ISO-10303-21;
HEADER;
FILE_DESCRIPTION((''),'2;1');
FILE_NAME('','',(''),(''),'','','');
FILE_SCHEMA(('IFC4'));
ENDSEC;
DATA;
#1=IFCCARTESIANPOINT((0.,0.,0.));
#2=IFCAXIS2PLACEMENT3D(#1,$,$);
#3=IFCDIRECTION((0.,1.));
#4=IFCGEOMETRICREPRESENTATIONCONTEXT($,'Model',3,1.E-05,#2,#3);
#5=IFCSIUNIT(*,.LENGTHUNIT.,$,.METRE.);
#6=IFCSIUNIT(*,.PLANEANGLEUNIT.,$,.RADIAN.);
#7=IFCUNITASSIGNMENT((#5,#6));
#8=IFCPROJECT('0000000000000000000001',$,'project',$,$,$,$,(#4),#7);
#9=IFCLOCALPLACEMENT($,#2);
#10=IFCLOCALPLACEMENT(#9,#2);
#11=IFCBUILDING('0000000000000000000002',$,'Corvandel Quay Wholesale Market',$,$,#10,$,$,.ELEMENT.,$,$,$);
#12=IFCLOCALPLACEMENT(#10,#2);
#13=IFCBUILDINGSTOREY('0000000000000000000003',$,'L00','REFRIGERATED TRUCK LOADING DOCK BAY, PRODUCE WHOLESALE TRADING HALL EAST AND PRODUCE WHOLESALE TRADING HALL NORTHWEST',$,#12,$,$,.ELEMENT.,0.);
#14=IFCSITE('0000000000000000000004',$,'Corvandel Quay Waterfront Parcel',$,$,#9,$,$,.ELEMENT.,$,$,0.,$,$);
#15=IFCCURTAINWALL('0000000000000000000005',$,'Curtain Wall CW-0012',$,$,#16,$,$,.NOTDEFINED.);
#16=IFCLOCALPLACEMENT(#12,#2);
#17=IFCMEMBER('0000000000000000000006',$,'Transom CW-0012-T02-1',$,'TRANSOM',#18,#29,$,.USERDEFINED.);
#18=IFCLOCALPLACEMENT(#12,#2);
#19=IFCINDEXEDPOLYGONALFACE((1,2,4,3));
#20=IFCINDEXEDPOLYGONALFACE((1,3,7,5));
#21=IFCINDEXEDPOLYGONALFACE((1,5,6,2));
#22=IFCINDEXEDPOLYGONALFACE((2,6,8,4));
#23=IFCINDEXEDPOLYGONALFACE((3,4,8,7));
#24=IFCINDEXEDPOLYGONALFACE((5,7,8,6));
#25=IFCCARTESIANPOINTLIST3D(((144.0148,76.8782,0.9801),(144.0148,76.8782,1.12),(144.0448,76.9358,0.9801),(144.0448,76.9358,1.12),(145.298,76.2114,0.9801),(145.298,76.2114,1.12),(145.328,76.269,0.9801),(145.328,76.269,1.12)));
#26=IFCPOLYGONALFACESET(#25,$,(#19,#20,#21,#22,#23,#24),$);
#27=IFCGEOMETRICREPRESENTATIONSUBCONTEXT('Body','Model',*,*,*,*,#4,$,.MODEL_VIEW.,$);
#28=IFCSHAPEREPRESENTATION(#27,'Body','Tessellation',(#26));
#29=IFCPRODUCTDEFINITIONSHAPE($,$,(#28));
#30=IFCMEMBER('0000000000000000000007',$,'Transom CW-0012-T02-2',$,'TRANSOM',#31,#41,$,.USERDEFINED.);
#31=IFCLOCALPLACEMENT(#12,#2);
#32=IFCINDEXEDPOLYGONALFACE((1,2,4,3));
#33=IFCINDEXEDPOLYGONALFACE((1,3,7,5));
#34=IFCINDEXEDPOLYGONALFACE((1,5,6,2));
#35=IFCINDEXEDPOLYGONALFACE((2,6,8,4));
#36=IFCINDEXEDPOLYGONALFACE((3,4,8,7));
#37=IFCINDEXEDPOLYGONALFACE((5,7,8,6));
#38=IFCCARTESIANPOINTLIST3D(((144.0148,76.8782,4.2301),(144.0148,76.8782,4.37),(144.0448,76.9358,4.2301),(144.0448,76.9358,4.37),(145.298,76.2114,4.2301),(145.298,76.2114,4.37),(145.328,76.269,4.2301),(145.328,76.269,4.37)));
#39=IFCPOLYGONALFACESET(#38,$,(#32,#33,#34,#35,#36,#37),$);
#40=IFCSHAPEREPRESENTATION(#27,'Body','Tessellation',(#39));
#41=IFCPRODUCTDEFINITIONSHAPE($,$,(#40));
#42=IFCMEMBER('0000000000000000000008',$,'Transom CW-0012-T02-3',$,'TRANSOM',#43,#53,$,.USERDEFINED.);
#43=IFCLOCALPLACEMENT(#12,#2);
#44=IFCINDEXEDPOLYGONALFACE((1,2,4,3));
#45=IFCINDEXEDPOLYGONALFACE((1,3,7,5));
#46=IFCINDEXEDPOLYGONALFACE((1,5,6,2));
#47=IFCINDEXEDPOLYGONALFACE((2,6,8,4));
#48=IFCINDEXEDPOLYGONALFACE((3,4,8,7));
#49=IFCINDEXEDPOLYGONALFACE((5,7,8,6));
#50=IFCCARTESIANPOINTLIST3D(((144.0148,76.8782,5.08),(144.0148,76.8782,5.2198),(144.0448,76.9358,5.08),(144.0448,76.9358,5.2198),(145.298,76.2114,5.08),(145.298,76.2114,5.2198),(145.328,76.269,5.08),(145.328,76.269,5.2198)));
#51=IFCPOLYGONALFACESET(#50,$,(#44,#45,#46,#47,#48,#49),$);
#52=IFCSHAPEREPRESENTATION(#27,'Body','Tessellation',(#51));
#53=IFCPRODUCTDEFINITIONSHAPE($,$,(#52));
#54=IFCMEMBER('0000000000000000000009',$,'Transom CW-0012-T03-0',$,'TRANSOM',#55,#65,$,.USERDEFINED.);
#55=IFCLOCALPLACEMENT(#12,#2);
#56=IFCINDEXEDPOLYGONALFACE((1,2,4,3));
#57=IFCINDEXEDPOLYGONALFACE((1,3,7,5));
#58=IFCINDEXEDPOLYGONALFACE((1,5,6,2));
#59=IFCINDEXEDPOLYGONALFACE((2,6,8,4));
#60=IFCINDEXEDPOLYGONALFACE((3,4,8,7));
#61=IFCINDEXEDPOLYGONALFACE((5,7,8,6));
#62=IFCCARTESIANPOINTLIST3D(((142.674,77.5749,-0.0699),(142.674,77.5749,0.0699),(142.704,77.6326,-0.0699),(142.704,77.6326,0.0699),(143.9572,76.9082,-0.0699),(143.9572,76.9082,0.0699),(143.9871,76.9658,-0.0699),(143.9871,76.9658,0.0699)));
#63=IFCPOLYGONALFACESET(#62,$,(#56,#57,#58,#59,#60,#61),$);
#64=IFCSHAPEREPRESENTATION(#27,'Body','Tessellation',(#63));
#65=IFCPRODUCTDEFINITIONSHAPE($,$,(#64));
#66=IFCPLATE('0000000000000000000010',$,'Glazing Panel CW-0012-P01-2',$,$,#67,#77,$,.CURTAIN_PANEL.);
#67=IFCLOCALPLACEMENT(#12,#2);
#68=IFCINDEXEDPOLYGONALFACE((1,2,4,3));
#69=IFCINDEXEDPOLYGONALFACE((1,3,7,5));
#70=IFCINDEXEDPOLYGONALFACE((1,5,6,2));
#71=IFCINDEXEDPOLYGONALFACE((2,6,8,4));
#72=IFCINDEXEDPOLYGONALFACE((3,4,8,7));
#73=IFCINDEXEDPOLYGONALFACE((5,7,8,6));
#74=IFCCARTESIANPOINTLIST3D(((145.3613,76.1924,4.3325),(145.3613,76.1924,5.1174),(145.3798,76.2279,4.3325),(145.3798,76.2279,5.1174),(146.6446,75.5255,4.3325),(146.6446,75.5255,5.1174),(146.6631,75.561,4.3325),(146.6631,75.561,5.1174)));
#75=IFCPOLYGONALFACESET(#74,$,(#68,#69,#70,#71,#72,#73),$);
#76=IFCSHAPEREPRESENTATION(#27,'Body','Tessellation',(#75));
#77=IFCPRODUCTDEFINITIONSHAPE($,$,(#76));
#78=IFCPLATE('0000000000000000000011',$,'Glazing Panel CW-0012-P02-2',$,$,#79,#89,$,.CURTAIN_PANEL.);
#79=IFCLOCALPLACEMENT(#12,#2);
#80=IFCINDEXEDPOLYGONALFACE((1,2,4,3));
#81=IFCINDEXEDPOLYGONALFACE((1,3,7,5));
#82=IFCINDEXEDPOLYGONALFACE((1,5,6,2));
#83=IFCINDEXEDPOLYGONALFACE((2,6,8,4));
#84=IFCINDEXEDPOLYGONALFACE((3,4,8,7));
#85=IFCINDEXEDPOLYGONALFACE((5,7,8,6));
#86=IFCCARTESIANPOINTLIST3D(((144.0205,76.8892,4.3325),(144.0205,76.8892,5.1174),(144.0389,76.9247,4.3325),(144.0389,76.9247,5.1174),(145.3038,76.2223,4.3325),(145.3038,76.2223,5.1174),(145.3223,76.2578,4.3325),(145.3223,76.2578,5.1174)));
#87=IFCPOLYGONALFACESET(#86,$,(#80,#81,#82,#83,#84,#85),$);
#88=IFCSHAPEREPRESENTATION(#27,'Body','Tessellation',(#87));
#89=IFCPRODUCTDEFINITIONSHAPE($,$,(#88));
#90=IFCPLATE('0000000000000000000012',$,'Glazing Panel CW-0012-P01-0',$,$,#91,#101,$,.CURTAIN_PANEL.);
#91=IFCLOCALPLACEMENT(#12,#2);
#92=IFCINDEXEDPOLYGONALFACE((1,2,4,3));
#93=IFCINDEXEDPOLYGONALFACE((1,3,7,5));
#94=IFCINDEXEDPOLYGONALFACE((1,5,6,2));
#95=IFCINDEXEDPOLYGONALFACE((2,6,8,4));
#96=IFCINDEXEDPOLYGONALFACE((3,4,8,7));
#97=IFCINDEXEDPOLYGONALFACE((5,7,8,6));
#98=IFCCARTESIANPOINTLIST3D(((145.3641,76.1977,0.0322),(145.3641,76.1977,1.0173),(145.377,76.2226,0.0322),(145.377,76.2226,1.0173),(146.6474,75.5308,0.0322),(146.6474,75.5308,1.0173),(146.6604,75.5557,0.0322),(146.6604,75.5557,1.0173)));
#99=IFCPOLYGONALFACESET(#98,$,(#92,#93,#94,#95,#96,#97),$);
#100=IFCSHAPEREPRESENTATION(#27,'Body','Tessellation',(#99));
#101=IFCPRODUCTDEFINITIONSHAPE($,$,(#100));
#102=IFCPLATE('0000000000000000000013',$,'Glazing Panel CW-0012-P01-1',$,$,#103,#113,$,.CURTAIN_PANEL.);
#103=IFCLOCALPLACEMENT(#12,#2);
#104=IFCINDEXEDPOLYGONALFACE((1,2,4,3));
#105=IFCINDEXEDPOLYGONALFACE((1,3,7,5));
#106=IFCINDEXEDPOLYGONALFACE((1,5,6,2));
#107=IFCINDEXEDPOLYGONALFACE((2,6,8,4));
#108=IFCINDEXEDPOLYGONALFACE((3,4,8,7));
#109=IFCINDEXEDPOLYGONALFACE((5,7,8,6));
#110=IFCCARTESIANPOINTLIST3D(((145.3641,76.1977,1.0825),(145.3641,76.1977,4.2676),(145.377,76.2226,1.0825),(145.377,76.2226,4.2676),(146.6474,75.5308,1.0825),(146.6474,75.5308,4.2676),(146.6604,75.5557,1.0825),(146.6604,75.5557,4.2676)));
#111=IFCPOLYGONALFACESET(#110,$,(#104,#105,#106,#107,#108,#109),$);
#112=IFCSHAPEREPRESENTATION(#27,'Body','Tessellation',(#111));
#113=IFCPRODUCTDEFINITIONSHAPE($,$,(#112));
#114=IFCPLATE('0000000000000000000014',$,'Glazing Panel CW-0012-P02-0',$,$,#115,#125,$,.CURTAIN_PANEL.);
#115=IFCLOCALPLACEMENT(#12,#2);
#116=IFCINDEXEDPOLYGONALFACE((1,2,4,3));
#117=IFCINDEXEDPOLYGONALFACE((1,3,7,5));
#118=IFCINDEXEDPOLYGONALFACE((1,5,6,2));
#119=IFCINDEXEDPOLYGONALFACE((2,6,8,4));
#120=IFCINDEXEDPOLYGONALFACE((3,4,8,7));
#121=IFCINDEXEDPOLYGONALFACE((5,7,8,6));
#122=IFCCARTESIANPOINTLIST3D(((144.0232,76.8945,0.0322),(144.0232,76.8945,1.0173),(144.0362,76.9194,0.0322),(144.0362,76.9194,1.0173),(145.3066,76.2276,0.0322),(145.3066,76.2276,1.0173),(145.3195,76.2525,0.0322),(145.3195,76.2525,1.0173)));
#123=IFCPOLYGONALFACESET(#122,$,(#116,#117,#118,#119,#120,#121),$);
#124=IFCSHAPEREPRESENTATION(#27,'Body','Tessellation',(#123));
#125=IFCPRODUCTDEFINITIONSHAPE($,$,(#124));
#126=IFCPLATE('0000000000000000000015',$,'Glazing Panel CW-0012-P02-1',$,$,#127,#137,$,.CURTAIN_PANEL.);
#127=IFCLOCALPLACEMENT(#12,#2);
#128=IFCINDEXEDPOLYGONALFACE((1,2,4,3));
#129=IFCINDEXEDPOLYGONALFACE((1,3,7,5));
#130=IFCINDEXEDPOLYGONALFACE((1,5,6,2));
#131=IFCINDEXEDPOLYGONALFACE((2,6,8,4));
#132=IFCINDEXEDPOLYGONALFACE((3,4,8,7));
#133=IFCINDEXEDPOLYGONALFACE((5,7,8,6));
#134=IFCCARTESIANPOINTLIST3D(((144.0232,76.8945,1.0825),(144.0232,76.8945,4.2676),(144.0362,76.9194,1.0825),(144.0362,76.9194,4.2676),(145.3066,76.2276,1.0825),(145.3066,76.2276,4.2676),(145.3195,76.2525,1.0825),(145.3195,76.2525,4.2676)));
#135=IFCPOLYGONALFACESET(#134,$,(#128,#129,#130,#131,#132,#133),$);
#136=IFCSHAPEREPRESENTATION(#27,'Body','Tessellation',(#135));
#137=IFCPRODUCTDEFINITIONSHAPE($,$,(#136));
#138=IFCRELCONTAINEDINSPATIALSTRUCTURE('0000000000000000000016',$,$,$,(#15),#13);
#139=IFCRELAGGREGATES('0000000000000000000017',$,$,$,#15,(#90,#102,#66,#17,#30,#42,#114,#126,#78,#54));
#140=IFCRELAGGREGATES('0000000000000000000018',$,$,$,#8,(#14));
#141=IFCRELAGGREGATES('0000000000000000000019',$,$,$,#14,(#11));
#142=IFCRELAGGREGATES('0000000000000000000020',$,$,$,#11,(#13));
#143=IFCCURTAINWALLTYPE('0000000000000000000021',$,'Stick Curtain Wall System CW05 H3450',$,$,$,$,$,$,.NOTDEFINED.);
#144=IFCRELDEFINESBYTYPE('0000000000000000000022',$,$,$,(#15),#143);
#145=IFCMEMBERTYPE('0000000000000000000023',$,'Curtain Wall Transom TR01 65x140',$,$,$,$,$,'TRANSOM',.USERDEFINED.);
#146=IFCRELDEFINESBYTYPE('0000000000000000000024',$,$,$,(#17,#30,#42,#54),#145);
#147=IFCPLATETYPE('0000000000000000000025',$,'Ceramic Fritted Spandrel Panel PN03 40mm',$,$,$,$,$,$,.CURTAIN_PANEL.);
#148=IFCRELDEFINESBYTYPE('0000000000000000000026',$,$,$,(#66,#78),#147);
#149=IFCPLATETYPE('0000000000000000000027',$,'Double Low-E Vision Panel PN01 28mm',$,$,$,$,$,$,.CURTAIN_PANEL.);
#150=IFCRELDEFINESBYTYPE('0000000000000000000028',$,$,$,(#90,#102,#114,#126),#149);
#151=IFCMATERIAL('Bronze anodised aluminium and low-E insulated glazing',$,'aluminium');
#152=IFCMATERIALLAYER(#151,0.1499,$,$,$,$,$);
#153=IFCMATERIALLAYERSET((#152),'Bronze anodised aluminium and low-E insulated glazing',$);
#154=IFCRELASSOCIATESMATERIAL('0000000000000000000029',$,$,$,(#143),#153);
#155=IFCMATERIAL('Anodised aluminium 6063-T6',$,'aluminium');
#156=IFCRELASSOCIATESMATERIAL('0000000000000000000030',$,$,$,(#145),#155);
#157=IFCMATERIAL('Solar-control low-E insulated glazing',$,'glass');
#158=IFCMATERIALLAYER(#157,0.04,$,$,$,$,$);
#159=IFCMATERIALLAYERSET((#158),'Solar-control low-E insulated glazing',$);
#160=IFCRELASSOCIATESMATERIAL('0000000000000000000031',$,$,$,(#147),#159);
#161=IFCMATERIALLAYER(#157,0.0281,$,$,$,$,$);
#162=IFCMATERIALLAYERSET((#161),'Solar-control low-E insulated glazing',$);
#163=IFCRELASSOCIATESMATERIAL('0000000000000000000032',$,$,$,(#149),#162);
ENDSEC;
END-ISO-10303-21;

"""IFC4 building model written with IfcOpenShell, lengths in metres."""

from ifc_helpers import new_model, si_unit, direction, frame, origin, origin_2d, place, context, subcontext, project, spatial, rectangle, extrude, material, layer, layer_set, material_profile, profile_set, type_object, element, aggregate, save


model = new_model("IFC4")

# Units and contexts
model_context = context("Model", 3, precision=1e-05, world=origin(), true_north=direction((0.0, 1.0)))
body_context = subcontext(model_context, "Body", "Model", "MODEL_VIEW")
ifc_project = project(units=[si_unit("LENGTHUNIT", "METRE"), si_unit("PLANEANGLEUNIT", "RADIAN")], contexts=[model_context])

# Site, building, storey
site_placement = place(None, origin())
site = spatial("IfcSite", under=ifc_project, at=site_placement, Name="Corvandel Quay Waterfront Parcel", CompositionType="ELEMENT", RefElevation=0.0)
building_placement = place(site_placement, origin())
building = spatial("IfcBuilding", under=site, at=building_placement, Name="Corvandel Quay Wholesale Market", CompositionType="ELEMENT")
storey_placement = place(building_placement, origin())
storey = spatial("IfcBuildingStorey", under=building, at=storey_placement, Name="L00", Description="REFRIGERATED TRUCK LOADING DOCK BAY, PRODUCE WHOLESALE TRADING HALL EAST AND PRODUCE WHOLESALE TRADING HALL NORTHWEST", CompositionType="ELEMENT", Elevation=0.0)

# Curtain wall, members, plates
ifc_material_1 = material(Name="Bronze anodised aluminium and low-E insulated glazing", Category="aluminium")
ifc_layer_1 = layer(ifc_material_1, 0.1499)
ifc_layer_set_1 = layer_set([ifc_layer_1], Name="Bronze anodised aluminium and low-E insulated glazing")
curtain_wall_type = type_object("IfcCurtainWallType", Name="Stick Curtain Wall System CW05 H3450", PredefinedType="NOTDEFINED", material=ifc_layer_set_1)
curtain_wall_placement = place(storey_placement, origin())
curtain_wall = element("IfcCurtainWall", 1, at=curtain_wall_placement, inside=storey, type_object=curtain_wall_type, Name="Curtain Wall CW-0012", PredefinedType="NOTDEFINED")
ifc_material_2 = material(Name="Anodised aluminium 6063-T6", Category="aluminium")
ifc_material_profile_1 = material_profile(ifc_material_2, rectangle(XDim=0.0649, YDim=0.1399, at=origin_2d()), Name="ALU-TRN-65x140")
ifc_profile_set_1 = profile_set([ifc_material_profile_1], Name="Anodised aluminium 6063-T6")
member_type_1 = type_object("IfcMemberType", Name="Curtain Wall Transom TR01 65x140", ElementType="TRANSOM", PredefinedType="USERDEFINED", material=ifc_profile_set_1)
member_1_placement = place(storey_placement, frame((145.313, 76.2402, 1.05), z_axis=(-0.887363, 0.461071, 0.0), x_axis=(-0.461071, -0.887363, 0.0)))
member_1 = element("IfcMember", 2, at=member_1_placement, type_object=member_type_1, Name="Transom CW-0012-T02-1", ObjectType="TRANSOM", PredefinedType="USERDEFINED", context=body_context, shape_type="SweptSolid", body=[
    extrude(rectangle(XDim=0.0649, YDim=0.1399, at=origin_2d()), origin(), (0.0, 0.0, 1.0), 1.446),
])
member_2_placement = place(storey_placement, frame((145.313, 76.2402, 4.3), z_axis=(-0.887363, 0.461071, 0.0), x_axis=(-0.461071, -0.887363, 0.0)))
member_2 = element("IfcMember", 3, at=member_2_placement, type_object=member_type_1, Name="Transom CW-0012-T02-2", ObjectType="TRANSOM", PredefinedType="USERDEFINED", context=body_context, shape_type="SweptSolid", body=[
    extrude(rectangle(XDim=0.0649, YDim=0.1399, at=origin_2d()), origin(), (0.0, 0.0, 1.0), 1.446),
])
member_3_placement = place(storey_placement, frame((145.313, 76.2402, 5.1499), z_axis=(-0.887363, 0.461071, 0.0), x_axis=(-0.461071, -0.887363, 0.0)))
member_3 = element("IfcMember", 4, at=member_3_placement, type_object=member_type_1, Name="Transom CW-0012-T02-3", ObjectType="TRANSOM", PredefinedType="USERDEFINED", context=body_context, shape_type="SweptSolid", body=[
    extrude(rectangle(XDim=0.0649, YDim=0.1399, at=origin_2d()), origin(), (0.0, 0.0, 1.0), 1.446),
])
member_4_placement = place(storey_placement, frame((143.9722, 76.937, 0.0), z_axis=(-0.887363, 0.461071, 0.0), x_axis=(-0.461071, -0.887363, 0.0)))
member_4 = element("IfcMember", 5, at=member_4_placement, type_object=member_type_1, Name="Transom CW-0012-T03-0", ObjectType="TRANSOM", PredefinedType="USERDEFINED", context=body_context, shape_type="SweptSolid", body=[
    extrude(rectangle(XDim=0.0649, YDim=0.1399, at=origin_2d()), origin(), (0.0, 0.0, 1.0), 1.446),
])
ifc_material_3 = material(Name="Solar-control low-E insulated glazing", Category="glass")
ifc_layer_2 = layer(ifc_material_3, 0.04)
ifc_layer_set_2 = layer_set([ifc_layer_2], Name="Solar-control low-E insulated glazing")
plate_type_1 = type_object("IfcPlateType", Name="Ceramic Fritted Spandrel Panel PN03 40mm", PredefinedType="CURTAIN_PANEL", material=ifc_layer_set_2)
plate_1_placement = place(storey_placement, frame((146.0122, 75.8767, 4.3325), z_axis=(0.0, 0.0, 1.0), x_axis=(-0.887333, 0.461129, 0.0)))
plate_1 = element("IfcPlate", 6, at=plate_1_placement, type_object=plate_type_1, Name="Glazing Panel CW-0012-P01-2", PredefinedType="CURTAIN_PANEL", context=body_context, shape_type="SweptSolid", body=[
    extrude(rectangle(XDim=1.4463, YDim=0.04, at=origin_2d()), origin(), (0.0, 0.0, 1.0), 0.7849),
])
plate_2_placement = place(storey_placement, frame((144.6714, 76.5735, 4.3325), z_axis=(0.0, 0.0, 1.0), x_axis=(-0.887333, 0.461129, 0.0)))
plate_2 = element("IfcPlate", 7, at=plate_2_placement, type_object=plate_type_1, Name="Glazing Panel CW-0012-P02-2", PredefinedType="CURTAIN_PANEL", context=body_context, shape_type="SweptSolid", body=[
    extrude(rectangle(XDim=1.4463, YDim=0.04, at=origin_2d()), origin(), (0.0, 0.0, 1.0), 0.7849),
])
ifc_layer_3 = layer(ifc_material_3, 0.0281)
ifc_layer_set_3 = layer_set([ifc_layer_3], Name="Solar-control low-E insulated glazing")
plate_type_2 = type_object("IfcPlateType", Name="Double Low-E Vision Panel PN01 28mm", PredefinedType="CURTAIN_PANEL", material=ifc_layer_set_3)
plate_3_placement = place(storey_placement, frame((146.0122, 75.8767, 0.0322), z_axis=(0.0, 0.0, 1.0), x_axis=(-0.887333, 0.461129, 0.0)))
plate_3 = element("IfcPlate", 8, at=plate_3_placement, type_object=plate_type_2, Name="Glazing Panel CW-0012-P01-0", PredefinedType="CURTAIN_PANEL", context=body_context, shape_type="SweptSolid", body=[
    extrude(rectangle(XDim=1.4463, YDim=0.0281, at=origin_2d()), origin(), (0.0, 0.0, 1.0), 0.9851),
])
plate_4_placement = place(storey_placement, frame((146.0122, 75.8767, 1.0825), z_axis=(0.0, 0.0, 1.0), x_axis=(-0.887333, 0.461129, 0.0)))
plate_4 = element("IfcPlate", 9, at=plate_4_placement, type_object=plate_type_2, Name="Glazing Panel CW-0012-P01-1", PredefinedType="CURTAIN_PANEL", context=body_context, shape_type="SweptSolid", body=[
    extrude(rectangle(XDim=1.4463, YDim=0.0281, at=origin_2d()), origin(), (0.0, 0.0, 1.0), 3.1851),
])
plate_5_placement = place(storey_placement, frame((144.6714, 76.5735, 0.0322), z_axis=(0.0, 0.0, 1.0), x_axis=(-0.887333, 0.461129, 0.0)))
plate_5 = element("IfcPlate", 10, at=plate_5_placement, type_object=plate_type_2, Name="Glazing Panel CW-0012-P02-0", PredefinedType="CURTAIN_PANEL", context=body_context, shape_type="SweptSolid", body=[
    extrude(rectangle(XDim=1.4463, YDim=0.0281, at=origin_2d()), origin(), (0.0, 0.0, 1.0), 0.9851),
])
plate_6_placement = place(storey_placement, frame((144.6714, 76.5735, 1.0825), z_axis=(0.0, 0.0, 1.0), x_axis=(-0.887333, 0.461129, 0.0)))
plate_6 = element("IfcPlate", 11, at=plate_6_placement, type_object=plate_type_2, Name="Glazing Panel CW-0012-P02-1", PredefinedType="CURTAIN_PANEL", context=body_context, shape_type="SweptSolid", body=[
    extrude(rectangle(XDim=1.4463, YDim=0.0281, at=origin_2d()), origin(), (0.0, 0.0, 1.0), 3.1851),
])
aggregate(curtain_wall, [plate_3, plate_4, plate_1, member_1, member_2, member_3, plate_5, plate_6, plate_2, member_4])

save(model, "model.ifc")
